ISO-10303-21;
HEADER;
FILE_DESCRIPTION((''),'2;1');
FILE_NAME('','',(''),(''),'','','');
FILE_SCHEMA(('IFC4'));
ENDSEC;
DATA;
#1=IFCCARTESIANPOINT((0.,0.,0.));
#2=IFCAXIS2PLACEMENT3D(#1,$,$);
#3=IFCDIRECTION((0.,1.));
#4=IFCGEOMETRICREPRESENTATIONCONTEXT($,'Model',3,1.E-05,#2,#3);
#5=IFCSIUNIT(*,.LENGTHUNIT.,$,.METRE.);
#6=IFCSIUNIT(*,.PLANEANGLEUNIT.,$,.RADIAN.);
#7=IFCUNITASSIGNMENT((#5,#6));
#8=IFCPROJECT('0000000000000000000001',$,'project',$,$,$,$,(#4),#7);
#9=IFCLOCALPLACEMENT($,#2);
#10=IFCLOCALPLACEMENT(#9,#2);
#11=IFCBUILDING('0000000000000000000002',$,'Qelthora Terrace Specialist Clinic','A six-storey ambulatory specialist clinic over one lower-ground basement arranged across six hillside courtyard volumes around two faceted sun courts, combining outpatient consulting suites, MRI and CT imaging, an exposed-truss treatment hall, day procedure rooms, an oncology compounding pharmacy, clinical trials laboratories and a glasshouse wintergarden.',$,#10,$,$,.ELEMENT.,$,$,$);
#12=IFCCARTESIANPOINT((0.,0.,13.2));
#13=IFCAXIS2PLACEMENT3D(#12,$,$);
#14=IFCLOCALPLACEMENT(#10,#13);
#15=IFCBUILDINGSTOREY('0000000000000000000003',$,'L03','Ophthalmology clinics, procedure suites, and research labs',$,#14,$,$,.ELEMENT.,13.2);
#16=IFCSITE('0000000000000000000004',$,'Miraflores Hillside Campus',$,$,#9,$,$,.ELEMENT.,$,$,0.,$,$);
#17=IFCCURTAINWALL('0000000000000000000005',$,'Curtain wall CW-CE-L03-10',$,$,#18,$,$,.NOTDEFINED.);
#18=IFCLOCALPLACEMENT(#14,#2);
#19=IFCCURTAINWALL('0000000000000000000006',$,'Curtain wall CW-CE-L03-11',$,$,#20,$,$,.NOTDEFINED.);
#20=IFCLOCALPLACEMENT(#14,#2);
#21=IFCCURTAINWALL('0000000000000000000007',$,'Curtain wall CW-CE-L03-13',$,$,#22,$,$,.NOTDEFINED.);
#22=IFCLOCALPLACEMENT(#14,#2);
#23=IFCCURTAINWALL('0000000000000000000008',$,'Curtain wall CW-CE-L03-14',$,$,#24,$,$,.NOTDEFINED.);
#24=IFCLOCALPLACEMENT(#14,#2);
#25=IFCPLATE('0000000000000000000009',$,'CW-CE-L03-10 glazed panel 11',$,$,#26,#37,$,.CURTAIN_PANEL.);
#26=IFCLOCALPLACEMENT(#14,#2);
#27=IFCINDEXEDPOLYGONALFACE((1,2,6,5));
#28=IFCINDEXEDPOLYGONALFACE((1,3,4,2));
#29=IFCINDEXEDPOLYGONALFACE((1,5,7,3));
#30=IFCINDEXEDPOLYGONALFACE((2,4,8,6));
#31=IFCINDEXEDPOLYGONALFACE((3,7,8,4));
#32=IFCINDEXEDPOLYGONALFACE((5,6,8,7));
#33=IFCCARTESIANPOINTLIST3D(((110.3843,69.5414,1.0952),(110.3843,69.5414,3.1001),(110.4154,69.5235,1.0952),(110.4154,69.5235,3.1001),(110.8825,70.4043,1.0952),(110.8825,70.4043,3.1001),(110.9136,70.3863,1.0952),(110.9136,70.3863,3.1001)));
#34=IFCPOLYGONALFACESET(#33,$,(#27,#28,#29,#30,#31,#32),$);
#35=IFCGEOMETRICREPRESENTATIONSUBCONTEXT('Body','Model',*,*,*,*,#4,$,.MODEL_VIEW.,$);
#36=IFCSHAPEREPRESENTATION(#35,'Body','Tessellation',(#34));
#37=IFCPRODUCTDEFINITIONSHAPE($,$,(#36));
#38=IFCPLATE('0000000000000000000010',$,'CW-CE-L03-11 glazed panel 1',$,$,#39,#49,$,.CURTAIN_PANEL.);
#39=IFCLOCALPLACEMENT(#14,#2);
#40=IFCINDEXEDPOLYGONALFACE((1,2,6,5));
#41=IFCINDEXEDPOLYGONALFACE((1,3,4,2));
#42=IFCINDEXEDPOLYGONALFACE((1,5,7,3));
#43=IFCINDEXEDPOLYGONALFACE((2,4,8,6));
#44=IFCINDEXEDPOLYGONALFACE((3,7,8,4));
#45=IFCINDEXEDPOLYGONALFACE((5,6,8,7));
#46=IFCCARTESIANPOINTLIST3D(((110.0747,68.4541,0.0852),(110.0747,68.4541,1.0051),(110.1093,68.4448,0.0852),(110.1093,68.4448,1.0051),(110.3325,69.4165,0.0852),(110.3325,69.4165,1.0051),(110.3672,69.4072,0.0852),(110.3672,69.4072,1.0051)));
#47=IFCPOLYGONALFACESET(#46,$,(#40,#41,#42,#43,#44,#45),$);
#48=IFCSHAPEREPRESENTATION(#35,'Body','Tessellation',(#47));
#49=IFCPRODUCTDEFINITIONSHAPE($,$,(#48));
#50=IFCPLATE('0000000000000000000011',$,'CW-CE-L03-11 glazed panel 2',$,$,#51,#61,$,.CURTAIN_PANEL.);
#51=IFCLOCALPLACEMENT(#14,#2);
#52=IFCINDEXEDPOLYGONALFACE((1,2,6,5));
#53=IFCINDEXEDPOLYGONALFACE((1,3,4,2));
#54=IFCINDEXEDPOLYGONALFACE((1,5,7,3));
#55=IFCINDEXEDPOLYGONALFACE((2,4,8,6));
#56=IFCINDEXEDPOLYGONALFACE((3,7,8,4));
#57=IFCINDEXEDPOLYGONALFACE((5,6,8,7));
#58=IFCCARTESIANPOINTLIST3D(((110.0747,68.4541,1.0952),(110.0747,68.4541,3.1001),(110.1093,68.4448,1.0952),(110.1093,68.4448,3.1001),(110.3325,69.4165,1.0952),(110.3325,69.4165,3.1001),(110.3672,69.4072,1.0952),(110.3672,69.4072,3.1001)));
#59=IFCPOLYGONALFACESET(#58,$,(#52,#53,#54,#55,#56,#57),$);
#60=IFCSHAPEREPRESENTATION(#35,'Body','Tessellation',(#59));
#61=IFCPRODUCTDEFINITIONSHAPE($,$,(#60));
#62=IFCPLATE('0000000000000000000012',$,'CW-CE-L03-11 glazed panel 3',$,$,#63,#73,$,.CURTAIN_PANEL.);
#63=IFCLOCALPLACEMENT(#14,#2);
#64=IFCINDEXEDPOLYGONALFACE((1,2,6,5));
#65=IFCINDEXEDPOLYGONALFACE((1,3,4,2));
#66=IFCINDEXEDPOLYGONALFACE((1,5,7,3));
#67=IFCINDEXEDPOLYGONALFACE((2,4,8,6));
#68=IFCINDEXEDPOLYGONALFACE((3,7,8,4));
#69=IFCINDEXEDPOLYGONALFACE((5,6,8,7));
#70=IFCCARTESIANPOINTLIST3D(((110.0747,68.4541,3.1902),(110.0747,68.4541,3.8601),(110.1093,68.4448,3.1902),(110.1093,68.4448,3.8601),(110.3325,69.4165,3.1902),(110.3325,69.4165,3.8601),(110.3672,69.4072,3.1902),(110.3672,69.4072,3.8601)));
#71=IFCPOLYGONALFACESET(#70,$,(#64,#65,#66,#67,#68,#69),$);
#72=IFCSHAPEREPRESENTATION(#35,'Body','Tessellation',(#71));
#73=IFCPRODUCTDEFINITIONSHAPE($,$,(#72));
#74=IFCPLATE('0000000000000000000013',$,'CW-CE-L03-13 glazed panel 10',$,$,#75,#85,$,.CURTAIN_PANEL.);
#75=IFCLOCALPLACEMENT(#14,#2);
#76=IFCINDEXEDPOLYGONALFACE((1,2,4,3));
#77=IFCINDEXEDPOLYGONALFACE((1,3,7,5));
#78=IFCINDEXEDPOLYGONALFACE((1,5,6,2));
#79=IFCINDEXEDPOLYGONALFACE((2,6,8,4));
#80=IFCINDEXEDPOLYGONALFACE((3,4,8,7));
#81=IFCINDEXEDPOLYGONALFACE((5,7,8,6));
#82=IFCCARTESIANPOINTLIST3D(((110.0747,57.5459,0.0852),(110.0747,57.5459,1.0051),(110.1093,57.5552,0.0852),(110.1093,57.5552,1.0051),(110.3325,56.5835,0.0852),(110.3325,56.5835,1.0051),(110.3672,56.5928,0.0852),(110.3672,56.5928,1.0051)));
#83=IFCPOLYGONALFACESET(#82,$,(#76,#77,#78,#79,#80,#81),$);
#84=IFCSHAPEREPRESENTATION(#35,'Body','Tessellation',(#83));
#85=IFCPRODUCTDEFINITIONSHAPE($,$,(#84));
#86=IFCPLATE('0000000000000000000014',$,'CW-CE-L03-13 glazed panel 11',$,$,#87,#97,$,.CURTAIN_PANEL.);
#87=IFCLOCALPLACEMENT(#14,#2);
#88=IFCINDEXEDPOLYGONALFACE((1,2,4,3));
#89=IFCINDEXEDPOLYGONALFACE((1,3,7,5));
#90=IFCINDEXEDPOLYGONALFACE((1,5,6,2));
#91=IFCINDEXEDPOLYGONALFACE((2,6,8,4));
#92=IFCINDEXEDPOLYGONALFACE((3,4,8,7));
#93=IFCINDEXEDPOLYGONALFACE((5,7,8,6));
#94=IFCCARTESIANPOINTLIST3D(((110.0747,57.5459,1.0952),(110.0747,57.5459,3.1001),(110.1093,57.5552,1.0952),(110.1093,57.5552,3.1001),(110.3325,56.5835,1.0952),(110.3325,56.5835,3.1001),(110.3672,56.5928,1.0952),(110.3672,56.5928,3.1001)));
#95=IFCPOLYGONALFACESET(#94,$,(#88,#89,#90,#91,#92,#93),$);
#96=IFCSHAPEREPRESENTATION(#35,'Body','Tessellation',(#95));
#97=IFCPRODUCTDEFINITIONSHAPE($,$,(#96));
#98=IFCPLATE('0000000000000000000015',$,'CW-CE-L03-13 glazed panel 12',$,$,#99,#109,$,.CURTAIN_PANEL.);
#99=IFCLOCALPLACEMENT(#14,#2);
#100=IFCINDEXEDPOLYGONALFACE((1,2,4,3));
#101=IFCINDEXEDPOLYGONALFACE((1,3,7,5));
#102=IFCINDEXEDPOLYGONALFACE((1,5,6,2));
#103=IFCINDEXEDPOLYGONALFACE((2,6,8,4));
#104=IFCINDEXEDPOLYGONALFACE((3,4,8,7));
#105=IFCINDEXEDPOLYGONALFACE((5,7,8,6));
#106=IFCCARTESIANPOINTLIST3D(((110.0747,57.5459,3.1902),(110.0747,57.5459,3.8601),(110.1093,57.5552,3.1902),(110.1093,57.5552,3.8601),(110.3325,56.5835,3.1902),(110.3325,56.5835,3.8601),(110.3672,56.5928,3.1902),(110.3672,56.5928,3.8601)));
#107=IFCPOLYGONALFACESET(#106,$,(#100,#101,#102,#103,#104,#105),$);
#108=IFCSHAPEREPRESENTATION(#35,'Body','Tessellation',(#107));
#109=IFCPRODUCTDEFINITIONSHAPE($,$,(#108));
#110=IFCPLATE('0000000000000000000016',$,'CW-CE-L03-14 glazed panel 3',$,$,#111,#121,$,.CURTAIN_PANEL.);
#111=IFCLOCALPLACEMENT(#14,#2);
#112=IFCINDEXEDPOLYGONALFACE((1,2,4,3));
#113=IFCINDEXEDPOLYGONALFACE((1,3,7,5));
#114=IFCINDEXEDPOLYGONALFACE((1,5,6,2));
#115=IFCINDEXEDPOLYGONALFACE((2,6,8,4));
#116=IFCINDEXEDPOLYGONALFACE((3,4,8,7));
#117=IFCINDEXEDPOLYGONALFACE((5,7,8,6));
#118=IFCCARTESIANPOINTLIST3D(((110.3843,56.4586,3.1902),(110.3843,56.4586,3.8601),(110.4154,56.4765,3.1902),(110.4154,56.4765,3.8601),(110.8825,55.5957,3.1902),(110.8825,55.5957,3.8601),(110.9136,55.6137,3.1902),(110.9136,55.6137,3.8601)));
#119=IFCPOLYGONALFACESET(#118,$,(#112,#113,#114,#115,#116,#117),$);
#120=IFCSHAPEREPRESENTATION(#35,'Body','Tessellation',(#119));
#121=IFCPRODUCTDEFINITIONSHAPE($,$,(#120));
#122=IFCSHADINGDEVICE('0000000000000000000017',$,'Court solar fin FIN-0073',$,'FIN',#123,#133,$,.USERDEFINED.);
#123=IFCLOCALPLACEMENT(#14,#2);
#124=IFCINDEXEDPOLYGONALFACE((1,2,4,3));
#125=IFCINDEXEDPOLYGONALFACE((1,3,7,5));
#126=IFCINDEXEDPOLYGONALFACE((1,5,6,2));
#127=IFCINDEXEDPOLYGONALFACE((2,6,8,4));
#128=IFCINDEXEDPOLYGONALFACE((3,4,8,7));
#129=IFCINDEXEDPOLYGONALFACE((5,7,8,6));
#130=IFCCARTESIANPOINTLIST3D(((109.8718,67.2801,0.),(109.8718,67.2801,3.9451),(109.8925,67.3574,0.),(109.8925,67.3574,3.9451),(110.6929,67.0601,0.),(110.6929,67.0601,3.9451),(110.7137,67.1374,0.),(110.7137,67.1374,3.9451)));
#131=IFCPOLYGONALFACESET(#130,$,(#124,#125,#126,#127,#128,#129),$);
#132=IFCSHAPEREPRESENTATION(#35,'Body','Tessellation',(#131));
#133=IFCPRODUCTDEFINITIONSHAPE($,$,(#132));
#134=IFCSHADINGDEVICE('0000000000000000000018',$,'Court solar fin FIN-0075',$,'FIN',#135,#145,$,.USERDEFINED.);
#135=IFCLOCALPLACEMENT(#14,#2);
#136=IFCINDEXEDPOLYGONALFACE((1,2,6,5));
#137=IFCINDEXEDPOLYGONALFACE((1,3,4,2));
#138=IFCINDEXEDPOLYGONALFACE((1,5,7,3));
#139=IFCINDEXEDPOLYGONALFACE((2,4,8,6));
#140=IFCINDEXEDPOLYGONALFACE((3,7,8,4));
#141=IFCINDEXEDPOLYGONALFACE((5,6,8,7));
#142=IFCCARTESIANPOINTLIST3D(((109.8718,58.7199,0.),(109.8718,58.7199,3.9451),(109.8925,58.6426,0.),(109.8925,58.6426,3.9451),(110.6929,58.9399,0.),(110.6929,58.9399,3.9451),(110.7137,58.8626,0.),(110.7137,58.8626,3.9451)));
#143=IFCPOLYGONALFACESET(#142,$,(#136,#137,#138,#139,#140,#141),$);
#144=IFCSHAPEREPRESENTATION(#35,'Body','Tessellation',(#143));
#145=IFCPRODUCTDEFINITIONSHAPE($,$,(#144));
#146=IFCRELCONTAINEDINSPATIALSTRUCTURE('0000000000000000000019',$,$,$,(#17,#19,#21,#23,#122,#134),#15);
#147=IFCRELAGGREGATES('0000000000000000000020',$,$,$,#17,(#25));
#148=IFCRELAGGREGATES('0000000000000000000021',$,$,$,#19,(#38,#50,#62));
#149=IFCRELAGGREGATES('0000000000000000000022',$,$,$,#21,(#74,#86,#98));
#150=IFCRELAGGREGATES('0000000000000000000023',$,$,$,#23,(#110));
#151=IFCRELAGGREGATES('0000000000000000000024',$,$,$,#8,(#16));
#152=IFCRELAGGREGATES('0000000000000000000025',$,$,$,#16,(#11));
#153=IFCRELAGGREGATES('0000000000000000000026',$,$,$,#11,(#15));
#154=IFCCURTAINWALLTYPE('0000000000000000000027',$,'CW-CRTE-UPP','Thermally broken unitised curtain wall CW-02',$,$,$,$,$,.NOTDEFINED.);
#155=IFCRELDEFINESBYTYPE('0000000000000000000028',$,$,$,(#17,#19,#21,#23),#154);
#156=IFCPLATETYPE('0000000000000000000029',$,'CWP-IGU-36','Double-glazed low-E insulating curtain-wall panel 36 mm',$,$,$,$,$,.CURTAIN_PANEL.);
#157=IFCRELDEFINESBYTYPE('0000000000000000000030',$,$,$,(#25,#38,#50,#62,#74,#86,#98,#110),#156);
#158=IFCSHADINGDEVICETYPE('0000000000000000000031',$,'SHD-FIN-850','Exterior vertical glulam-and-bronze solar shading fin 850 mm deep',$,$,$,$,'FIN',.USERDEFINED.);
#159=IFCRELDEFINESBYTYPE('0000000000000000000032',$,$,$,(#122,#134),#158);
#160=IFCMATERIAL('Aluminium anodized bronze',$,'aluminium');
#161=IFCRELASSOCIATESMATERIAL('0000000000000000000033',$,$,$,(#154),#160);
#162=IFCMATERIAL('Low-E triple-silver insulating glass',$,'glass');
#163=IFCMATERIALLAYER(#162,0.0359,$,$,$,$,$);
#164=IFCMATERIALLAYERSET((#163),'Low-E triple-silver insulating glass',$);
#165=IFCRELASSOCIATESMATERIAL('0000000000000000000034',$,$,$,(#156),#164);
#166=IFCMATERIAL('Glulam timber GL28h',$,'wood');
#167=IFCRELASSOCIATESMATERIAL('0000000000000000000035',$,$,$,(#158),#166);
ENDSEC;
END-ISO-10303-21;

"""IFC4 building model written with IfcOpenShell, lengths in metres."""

from ifc_helpers import new_model, si_unit, direction, frame, origin, origin_2d, place, context, subcontext, project, spatial, rectangle, extrude, material, layer, layer_set, type_object, element, aggregate, save


model = new_model("IFC4")

# Units and contexts
model_context = context("Model", 3, precision=1e-05, world=origin(), true_north=direction((0.0, 1.0)))
body_context = subcontext(model_context, "Body", "Model", "MODEL_VIEW")
ifc_project = project(units=[si_unit("LENGTHUNIT", "METRE"), si_unit("PLANEANGLEUNIT", "RADIAN")], contexts=[model_context])

# Site, building, storey
site_placement = place(None, origin())
site = spatial("IfcSite", under=ifc_project, at=site_placement, Name="Miraflores Hillside Campus", CompositionType="ELEMENT", RefElevation=0.0)
building_placement = place(site_placement, origin())
building = spatial("IfcBuilding", under=site, at=building_placement, Name="Qelthora Terrace Specialist Clinic", Description="A six-storey ambulatory specialist clinic over one lower-ground basement arranged across six hillside courtyard volumes around two faceted sun courts, combining outpatient consulting suites, MRI and CT imaging, an exposed-truss treatment hall, day procedure rooms, an oncology compounding pharmacy, clinical trials laboratories and a glasshouse wintergarden.", CompositionType="ELEMENT")
storey_placement = place(building_placement, frame((0.0, 0.0, 13.2)))
storey = spatial("IfcBuildingStorey", under=building, at=storey_placement, Name="L03", Description="Ophthalmology clinics, procedure suites, and research labs", CompositionType="ELEMENT", Elevation=13.2)

# Curtain walls
ifc_material_1 = material(Name="Aluminium anodized bronze", Category="aluminium")
curtain_wall_type = type_object("IfcCurtainWallType", Name="CW-CRTE-UPP", Description="Thermally broken unitised curtain wall CW-02", PredefinedType="NOTDEFINED", material=ifc_material_1)
curtain_wall_1_placement = place(storey_placement, origin())
curtain_wall_1 = element("IfcCurtainWall", 1, at=curtain_wall_1_placement, inside=storey, type_object=curtain_wall_type, Name="Curtain wall CW-CE-L03-10", PredefinedType="NOTDEFINED")
curtain_wall_2_placement = place(storey_placement, origin())
curtain_wall_2 = element("IfcCurtainWall", 2, at=curtain_wall_2_placement, inside=storey, type_object=curtain_wall_type, Name="Curtain wall CW-CE-L03-11", PredefinedType="NOTDEFINED")

# Curtain wall
curtain_wall_3_placement = place(storey_placement, origin())
curtain_wall_3 = element("IfcCurtainWall", 3, at=curtain_wall_3_placement, inside=storey, type_object=curtain_wall_type, Name="Curtain wall CW-CE-L03-13", PredefinedType="NOTDEFINED")

# Curtain wall
curtain_wall_4_placement = place(storey_placement, origin())
curtain_wall_4 = element("IfcCurtainWall", 4, at=curtain_wall_4_placement, inside=storey, type_object=curtain_wall_type, Name="Curtain wall CW-CE-L03-14", PredefinedType="NOTDEFINED")

# Plates
ifc_material_2 = material(Name="Low-E triple-silver insulating glass", Category="glass")
ifc_layer = layer(ifc_material_2, 0.0359)
ifc_layer_set = layer_set([ifc_layer], Name="Low-E triple-silver insulating glass")
plate_type = type_object("IfcPlateType", Name="CWP-IGU-36", Description="Double-glazed low-E insulating curtain-wall panel 36 mm", PredefinedType="CURTAIN_PANEL", material=ifc_layer_set)
plate_1_placement = place(storey_placement, frame((110.6489, 69.9639, 1.0952), z_axis=(0.0, 0.0, 1.0), x_axis=(-0.5, -0.866025, 0.0)))
plate_1 = element("IfcPlate", 5, at=plate_1_placement, type_object=plate_type, Name="CW-CE-L03-10 glazed panel 11", PredefinedType="CURTAIN_PANEL", context=body_context, shape_type="SweptSolid", body=[
    extrude(rectangle(XDim=0.9963, YDim=0.0359, at=origin_2d()), origin(), (0.0, 0.0, 1.0), 2.0049),
])
aggregate(curtain_wall_1, [plate_1])
plate_2_placement = place(storey_placement, frame((110.2209, 68.9307, 0.0852), z_axis=(0.0, 0.0, 1.0), x_axis=(-0.258819, -0.965926, 0.0)))
plate_2 = element("IfcPlate", 6, at=plate_2_placement, type_object=plate_type, Name="CW-CE-L03-11 glazed panel 1", PredefinedType="CURTAIN_PANEL", context=body_context, shape_type="SweptSolid", body=[
    extrude(rectangle(XDim=0.9963, YDim=0.0359, at=origin_2d()), origin(), (0.0, 0.0, 1.0), 0.9199),
])
plate_3_placement = place(storey_placement, frame((110.2209, 68.9307, 1.0952), z_axis=(0.0, 0.0, 1.0), x_axis=(-0.258819, -0.965926, 0.0)))
plate_3 = element("IfcPlate", 7, at=plate_3_placement, type_object=plate_type, Name="CW-CE-L03-11 glazed panel 2", PredefinedType="CURTAIN_PANEL", context=body_context, shape_type="SweptSolid", body=[
    extrude(rectangle(XDim=0.9963, YDim=0.0359, at=origin_2d()), origin(), (0.0, 0.0, 1.0), 2.0049),
])
plate_4_placement = place(storey_placement, frame((110.2209, 68.9307, 3.1902), z_axis=(0.0, 0.0, 1.0), x_axis=(-0.258819, -0.965926, 0.0)))
plate_4 = element("IfcPlate", 8, at=plate_4_placement, type_object=plate_type, Name="CW-CE-L03-11 glazed panel 3", PredefinedType="CURTAIN_PANEL", context=body_context, shape_type="SweptSolid", body=[
    extrude(rectangle(XDim=0.9963, YDim=0.0359, at=origin_2d()), origin(), (0.0, 0.0, 1.0), 0.6699),
])
aggregate(curtain_wall_2, [plate_2, plate_3, plate_4])
plate_5_placement = place(storey_placement, frame((110.2209, 57.0693, 0.0852), z_axis=(0.0, 0.0, 1.0), x_axis=(0.258819, -0.965926, 0.0)))
plate_5 = element("IfcPlate", 9, at=plate_5_placement, type_object=plate_type, Name="CW-CE-L03-13 glazed panel 10", PredefinedType="CURTAIN_PANEL", context=body_context, shape_type="SweptSolid", body=[
    extrude(rectangle(XDim=0.9963, YDim=0.0359, at=origin_2d()), origin(), (0.0, 0.0, 1.0), 0.9199),
])
plate_6_placement = place(storey_placement, frame((110.2209, 57.0693, 1.0952), z_axis=(0.0, 0.0, 1.0), x_axis=(0.258819, -0.965926, 0.0)))
plate_6 = element("IfcPlate", 10, at=plate_6_placement, type_object=plate_type, Name="CW-CE-L03-13 glazed panel 11", PredefinedType="CURTAIN_PANEL", context=body_context, shape_type="SweptSolid", body=[
    extrude(rectangle(XDim=0.9963, YDim=0.0359, at=origin_2d()), origin(), (0.0, 0.0, 1.0), 2.0049),
])
plate_7_placement = place(storey_placement, frame((110.2209, 57.0693, 3.1902), z_axis=(0.0, 0.0, 1.0), x_axis=(0.258819, -0.965926, 0.0)))
plate_7 = element("IfcPlate", 11, at=plate_7_placement, type_object=plate_type, Name="CW-CE-L03-13 glazed panel 12", PredefinedType="CURTAIN_PANEL", context=body_context, shape_type="SweptSolid", body=[
    extrude(rectangle(XDim=0.9963, YDim=0.0359, at=origin_2d()), origin(), (0.0, 0.0, 1.0), 0.6699),
])
aggregate(curtain_wall_3, [plate_5, plate_6, plate_7])
plate_8_placement = place(storey_placement, frame((110.6489, 56.0361, 3.1902), z_axis=(0.0, 0.0, 1.0), x_axis=(0.5, -0.866025, 0.0)))
plate_8 = element("IfcPlate", 12, at=plate_8_placement, type_object=plate_type, Name="CW-CE-L03-14 glazed panel 3", PredefinedType="CURTAIN_PANEL", context=body_context, shape_type="SweptSolid", body=[
    extrude(rectangle(XDim=0.9963, YDim=0.0359, at=origin_2d()), origin(), (0.0, 0.0, 1.0), 0.6699),
])
aggregate(curtain_wall_4, [plate_8])

# Shading devices
ifc_material_3 = material(Name="Glulam timber GL28h", Category="wood")
shading_device_type = type_object("IfcShadingDeviceType", Name="SHD-FIN-850", Description="Exterior vertical glulam-and-bronze solar shading fin 850 mm deep", ElementType="FIN", PredefinedType="USERDEFINED", material=ifc_material_3)
for number, where, z_axis, x_axis, name in (
    (13, (110.2927, 67.2087, 0.0), (0.0, 0.0, 1.0), (0.965926, -0.258819, 0.0), "Court solar fin FIN-0073"),
    (14, (110.2927, 58.7913, 0.0), (0.0, 0.0, 1.0), (0.965926, 0.258819, 0.0), "Court solar fin FIN-0075"),
):
    element("IfcShadingDevice", number, at=place(storey_placement, frame(where, z_axis=z_axis, x_axis=x_axis)), inside=storey, type_object=shading_device_type, Name=name, ObjectType="FIN", PredefinedType="USERDEFINED", context=body_context, shape_type="SweptSolid", body=[
        extrude(rectangle(XDim=0.8501, YDim=0.0801, at=origin_2d()), origin(), (0.0, 0.0, 1.0), 3.9451),
    ])

save(model, "model.ifc")
